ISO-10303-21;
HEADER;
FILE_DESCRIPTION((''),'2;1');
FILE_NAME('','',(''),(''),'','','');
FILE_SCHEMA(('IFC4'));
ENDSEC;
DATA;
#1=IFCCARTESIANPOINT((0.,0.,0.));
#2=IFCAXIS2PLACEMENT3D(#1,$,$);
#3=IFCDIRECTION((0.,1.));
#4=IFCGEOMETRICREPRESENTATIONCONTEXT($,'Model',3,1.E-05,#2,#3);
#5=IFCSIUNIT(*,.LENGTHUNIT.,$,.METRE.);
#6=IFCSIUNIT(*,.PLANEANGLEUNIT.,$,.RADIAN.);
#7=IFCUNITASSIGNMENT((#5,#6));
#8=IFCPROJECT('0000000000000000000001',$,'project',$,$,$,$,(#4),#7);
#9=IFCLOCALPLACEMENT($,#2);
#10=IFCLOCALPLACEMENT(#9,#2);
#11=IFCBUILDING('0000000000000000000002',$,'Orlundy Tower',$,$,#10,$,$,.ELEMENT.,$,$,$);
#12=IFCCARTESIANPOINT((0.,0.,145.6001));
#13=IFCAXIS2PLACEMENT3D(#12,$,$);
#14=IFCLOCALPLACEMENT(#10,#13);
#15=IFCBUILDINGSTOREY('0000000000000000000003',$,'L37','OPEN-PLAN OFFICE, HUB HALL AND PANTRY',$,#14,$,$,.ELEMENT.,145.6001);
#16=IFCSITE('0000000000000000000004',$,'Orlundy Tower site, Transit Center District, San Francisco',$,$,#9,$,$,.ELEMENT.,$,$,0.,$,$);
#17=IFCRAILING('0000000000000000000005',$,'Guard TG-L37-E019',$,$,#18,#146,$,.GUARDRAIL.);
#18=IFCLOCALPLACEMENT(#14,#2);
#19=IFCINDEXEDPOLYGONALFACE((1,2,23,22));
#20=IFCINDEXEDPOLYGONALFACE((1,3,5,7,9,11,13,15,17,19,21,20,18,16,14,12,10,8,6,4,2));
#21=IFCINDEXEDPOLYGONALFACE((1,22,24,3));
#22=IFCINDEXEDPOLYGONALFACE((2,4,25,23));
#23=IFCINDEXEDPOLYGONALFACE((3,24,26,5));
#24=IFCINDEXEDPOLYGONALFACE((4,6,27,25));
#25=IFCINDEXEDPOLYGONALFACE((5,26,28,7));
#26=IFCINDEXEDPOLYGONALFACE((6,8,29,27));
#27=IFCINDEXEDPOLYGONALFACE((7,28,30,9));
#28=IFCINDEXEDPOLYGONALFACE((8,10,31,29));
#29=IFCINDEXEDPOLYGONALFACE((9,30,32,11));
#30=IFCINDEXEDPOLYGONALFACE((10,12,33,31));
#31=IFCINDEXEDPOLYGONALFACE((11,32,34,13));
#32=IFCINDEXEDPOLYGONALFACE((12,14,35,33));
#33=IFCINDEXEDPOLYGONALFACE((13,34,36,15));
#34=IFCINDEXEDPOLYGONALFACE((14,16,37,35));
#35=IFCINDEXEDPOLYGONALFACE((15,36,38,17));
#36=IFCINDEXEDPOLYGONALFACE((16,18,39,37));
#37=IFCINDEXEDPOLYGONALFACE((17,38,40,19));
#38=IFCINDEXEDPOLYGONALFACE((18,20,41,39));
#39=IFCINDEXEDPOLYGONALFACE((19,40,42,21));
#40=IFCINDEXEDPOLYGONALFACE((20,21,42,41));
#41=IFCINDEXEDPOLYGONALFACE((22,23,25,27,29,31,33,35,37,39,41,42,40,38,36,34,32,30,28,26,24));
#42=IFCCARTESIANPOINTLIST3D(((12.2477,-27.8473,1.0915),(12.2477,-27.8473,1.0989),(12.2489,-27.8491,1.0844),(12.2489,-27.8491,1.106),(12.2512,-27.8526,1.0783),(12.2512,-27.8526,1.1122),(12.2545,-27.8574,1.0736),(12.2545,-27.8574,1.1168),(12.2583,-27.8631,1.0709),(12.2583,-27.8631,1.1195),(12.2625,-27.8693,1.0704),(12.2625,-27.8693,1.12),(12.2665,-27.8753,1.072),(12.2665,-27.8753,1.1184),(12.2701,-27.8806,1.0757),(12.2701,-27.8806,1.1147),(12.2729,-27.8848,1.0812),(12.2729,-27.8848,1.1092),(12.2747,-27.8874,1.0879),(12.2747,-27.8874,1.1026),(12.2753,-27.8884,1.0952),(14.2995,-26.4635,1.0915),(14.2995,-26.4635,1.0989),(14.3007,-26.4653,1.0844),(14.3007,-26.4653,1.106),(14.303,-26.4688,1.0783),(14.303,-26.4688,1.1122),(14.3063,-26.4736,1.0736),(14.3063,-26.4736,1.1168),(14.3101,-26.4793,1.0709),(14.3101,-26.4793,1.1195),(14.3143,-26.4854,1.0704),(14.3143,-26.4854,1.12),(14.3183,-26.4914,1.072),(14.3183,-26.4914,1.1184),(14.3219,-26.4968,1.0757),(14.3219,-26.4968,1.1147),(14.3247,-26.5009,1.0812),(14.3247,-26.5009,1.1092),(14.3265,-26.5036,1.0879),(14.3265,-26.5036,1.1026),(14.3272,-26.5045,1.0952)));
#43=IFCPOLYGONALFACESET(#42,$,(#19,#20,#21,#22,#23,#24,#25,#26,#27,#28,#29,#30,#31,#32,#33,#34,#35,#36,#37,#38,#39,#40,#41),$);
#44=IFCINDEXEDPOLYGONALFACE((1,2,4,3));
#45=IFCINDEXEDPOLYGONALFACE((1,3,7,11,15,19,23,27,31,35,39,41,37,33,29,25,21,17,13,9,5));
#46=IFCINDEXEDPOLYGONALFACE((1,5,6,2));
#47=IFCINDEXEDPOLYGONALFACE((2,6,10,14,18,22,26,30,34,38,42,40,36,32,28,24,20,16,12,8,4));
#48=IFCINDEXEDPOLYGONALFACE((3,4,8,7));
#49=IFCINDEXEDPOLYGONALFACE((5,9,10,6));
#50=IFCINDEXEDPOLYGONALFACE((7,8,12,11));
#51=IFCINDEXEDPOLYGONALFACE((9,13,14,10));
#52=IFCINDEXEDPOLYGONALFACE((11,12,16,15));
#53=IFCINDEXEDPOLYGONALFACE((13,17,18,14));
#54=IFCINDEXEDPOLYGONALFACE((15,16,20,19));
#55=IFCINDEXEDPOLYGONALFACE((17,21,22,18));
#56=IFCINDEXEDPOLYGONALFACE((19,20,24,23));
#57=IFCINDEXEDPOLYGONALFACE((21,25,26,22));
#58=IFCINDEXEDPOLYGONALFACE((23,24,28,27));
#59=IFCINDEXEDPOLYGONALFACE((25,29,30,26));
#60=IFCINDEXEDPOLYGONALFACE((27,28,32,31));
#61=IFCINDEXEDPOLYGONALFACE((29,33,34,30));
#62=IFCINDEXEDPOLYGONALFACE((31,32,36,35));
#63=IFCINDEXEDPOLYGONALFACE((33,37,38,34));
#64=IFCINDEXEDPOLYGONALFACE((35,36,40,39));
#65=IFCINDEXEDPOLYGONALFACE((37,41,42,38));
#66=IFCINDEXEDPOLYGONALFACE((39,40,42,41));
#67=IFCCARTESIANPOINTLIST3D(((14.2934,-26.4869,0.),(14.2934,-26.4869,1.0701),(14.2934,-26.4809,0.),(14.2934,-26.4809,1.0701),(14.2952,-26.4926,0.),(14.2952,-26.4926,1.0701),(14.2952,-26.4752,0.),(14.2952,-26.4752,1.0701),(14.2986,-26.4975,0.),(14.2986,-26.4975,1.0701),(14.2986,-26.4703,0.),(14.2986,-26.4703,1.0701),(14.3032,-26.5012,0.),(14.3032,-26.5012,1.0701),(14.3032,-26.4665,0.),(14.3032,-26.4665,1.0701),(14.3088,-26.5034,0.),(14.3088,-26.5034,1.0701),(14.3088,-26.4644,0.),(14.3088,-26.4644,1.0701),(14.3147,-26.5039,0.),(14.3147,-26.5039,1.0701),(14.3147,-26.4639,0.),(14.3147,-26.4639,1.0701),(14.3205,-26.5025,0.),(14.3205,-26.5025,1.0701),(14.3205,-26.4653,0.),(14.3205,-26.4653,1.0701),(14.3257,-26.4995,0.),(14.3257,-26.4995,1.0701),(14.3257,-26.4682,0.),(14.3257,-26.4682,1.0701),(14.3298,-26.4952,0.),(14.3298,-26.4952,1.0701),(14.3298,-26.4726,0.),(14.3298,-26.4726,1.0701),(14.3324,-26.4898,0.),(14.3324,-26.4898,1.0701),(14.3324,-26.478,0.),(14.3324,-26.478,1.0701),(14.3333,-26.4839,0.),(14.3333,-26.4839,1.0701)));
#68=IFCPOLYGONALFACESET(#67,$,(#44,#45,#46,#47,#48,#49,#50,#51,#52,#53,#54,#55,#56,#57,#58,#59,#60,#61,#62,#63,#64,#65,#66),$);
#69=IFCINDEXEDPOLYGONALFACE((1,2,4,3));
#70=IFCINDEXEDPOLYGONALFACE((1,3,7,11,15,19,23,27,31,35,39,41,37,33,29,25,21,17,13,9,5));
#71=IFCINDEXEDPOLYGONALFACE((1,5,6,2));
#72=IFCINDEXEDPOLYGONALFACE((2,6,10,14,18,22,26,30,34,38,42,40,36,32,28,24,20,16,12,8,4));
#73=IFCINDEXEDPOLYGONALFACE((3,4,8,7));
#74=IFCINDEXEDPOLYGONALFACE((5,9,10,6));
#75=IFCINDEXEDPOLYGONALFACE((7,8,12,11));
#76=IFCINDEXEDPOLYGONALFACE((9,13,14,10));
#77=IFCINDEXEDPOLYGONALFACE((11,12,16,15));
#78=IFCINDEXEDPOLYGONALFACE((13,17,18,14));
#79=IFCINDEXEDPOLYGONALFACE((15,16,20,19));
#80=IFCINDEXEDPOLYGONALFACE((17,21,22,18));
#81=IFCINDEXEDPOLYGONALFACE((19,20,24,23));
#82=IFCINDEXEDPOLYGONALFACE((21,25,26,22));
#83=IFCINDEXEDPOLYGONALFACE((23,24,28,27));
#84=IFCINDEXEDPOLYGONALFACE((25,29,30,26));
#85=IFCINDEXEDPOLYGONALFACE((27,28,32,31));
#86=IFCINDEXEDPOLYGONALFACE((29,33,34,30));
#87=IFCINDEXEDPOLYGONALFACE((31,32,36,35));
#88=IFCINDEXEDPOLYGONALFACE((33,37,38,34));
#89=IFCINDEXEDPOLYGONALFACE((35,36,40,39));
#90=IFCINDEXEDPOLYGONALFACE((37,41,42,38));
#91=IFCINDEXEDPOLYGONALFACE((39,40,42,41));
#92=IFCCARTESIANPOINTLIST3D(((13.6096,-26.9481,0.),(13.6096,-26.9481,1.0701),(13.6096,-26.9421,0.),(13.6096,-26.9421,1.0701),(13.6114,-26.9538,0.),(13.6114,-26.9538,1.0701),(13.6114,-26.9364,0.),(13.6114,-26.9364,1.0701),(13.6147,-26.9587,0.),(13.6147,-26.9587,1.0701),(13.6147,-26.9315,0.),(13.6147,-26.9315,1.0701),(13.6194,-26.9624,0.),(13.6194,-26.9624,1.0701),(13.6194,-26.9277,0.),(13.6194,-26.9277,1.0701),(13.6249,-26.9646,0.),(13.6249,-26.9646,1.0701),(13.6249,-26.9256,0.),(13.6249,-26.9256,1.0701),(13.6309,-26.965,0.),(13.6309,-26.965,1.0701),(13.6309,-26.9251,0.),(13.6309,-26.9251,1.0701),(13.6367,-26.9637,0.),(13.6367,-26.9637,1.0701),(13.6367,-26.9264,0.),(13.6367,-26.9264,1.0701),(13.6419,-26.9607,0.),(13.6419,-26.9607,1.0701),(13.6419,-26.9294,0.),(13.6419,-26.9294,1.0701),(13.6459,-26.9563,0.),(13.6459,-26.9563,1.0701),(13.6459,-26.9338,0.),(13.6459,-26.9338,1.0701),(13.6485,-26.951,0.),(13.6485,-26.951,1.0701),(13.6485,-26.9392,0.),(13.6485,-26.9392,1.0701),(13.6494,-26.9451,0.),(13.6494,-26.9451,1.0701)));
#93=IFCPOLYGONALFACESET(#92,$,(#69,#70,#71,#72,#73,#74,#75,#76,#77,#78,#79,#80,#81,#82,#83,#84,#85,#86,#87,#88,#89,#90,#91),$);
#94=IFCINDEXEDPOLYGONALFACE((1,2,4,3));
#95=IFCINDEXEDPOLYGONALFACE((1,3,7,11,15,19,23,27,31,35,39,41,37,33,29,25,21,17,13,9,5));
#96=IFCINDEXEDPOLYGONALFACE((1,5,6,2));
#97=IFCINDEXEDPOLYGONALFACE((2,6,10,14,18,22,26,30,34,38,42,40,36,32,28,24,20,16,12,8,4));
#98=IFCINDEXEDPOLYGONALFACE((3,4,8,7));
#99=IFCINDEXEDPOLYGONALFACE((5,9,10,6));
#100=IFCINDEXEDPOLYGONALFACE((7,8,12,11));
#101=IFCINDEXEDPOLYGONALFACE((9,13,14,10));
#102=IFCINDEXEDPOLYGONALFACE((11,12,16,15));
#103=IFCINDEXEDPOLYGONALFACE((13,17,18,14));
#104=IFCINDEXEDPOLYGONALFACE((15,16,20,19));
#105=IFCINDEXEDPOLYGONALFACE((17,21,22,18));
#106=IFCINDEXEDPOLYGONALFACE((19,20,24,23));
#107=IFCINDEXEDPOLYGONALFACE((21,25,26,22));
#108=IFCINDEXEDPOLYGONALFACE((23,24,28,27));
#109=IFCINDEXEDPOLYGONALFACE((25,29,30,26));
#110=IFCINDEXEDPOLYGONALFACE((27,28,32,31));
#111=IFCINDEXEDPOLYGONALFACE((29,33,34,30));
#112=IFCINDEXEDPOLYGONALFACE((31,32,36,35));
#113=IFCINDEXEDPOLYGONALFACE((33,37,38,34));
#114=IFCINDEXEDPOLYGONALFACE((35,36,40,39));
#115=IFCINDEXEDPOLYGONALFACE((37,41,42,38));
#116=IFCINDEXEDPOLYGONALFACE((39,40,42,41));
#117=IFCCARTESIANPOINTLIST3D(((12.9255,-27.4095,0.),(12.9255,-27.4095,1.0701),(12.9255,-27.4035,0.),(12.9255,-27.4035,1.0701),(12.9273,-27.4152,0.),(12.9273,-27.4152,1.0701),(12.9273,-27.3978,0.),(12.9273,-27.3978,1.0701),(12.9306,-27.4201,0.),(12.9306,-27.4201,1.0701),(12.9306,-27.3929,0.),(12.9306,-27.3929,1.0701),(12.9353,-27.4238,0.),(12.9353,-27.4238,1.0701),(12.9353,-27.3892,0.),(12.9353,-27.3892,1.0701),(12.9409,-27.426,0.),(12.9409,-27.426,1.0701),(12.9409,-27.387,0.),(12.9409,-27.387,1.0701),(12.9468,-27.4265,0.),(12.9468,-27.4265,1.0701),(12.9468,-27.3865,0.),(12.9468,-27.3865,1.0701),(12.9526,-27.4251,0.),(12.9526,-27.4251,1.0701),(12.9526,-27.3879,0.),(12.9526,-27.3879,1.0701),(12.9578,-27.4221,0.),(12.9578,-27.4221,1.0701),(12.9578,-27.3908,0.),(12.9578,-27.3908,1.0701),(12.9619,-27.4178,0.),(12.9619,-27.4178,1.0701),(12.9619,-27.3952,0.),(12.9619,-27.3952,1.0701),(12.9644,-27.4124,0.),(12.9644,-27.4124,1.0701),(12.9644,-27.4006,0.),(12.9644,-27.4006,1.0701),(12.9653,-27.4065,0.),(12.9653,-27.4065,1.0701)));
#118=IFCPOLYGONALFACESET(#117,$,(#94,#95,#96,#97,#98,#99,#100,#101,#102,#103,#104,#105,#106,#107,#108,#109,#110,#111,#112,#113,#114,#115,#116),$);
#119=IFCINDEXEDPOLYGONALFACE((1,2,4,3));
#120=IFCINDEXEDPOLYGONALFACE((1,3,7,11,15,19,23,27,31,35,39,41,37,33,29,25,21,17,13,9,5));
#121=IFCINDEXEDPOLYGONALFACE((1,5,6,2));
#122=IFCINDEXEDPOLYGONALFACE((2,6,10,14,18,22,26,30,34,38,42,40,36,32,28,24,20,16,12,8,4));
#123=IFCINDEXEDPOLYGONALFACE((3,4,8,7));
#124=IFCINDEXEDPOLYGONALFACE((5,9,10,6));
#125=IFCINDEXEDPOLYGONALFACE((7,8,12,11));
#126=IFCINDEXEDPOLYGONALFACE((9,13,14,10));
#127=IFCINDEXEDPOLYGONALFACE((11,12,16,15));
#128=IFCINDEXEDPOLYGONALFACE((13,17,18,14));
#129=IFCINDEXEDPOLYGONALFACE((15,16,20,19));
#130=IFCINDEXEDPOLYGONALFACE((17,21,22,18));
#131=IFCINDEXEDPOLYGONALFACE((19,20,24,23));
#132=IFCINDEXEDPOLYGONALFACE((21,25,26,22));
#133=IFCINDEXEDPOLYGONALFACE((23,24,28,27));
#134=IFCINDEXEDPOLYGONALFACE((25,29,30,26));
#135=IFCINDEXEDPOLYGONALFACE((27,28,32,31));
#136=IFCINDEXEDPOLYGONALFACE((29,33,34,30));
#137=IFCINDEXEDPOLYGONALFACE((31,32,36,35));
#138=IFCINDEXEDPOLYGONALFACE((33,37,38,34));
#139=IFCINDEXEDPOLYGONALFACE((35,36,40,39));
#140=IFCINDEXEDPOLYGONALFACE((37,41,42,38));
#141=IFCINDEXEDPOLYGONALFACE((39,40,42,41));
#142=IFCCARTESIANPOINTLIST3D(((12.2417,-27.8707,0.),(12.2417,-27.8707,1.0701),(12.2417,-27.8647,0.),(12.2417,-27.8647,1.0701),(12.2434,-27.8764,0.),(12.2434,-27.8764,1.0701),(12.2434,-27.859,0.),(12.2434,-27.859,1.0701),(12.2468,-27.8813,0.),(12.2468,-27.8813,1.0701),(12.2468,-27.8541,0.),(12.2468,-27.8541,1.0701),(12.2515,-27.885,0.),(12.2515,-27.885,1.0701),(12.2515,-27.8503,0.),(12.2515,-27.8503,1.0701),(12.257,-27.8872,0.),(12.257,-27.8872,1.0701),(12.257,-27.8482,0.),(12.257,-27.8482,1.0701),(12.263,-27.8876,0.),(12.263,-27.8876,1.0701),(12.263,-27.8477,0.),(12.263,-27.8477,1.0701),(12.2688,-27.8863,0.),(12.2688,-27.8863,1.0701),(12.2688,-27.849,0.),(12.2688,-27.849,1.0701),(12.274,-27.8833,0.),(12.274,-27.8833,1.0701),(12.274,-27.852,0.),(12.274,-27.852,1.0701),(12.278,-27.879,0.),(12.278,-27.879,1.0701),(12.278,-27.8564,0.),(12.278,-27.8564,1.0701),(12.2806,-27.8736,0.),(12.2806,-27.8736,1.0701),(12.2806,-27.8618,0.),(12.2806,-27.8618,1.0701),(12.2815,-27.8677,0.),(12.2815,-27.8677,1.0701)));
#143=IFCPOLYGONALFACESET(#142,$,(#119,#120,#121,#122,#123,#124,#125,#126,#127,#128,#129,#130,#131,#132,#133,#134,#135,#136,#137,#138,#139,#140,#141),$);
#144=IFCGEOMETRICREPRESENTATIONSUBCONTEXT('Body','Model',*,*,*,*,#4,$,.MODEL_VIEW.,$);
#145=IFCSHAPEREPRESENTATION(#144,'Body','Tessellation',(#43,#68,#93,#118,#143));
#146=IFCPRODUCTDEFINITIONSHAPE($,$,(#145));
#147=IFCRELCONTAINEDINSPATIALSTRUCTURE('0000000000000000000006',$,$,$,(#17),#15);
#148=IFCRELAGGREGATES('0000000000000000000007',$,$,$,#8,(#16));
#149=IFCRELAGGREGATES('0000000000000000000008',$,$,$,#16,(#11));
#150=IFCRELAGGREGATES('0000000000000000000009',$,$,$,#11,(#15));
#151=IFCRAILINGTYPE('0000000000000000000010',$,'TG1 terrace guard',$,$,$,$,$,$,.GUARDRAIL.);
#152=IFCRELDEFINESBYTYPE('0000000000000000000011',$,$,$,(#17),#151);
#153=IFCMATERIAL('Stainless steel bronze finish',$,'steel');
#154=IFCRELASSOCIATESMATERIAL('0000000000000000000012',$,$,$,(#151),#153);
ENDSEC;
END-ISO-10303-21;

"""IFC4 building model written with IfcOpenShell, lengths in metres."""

from ifc_helpers import new_model, si_unit, direction, frame, origin, origin_2d, place, context, subcontext, project, spatial, circle, extrude, material, type_object, element, save


model = new_model("IFC4")

# Units and contexts
model_context = context("Model", 3, precision=1e-05, world=origin(), true_north=direction((0.0, 1.0)))
body_context = subcontext(model_context, "Body", "Model", "MODEL_VIEW")
ifc_project = project(units=[si_unit("LENGTHUNIT", "METRE"), si_unit("PLANEANGLEUNIT", "RADIAN")], contexts=[model_context])

# Site, building, storey
site_placement = place(None, origin())
site = spatial("IfcSite", under=ifc_project, at=site_placement, Name="Orlundy Tower site, Transit Center District, San Francisco", CompositionType="ELEMENT", RefElevation=0.0)
building_placement = place(site_placement, origin())
building = spatial("IfcBuilding", under=site, at=building_placement, Name="Orlundy Tower", CompositionType="ELEMENT")
storey_placement = place(building_placement, frame((0.0, 0.0, 145.6001)))
storey = spatial("IfcBuildingStorey", under=building, at=storey_placement, Name="L37", Description="OPEN-PLAN OFFICE, HUB HALL AND PANTRY", CompositionType="ELEMENT", Elevation=145.6001)

# Railing
ifc_material_1 = material(Name="Stainless steel bronze finish", Category="steel")
railing_type = type_object("IfcRailingType", Name="TG1 terrace guard", PredefinedType="GUARDRAIL", material=ifc_material_1)
railing_placement = place(storey_placement, frame((14.3132, -26.4839, 0.0)))
element("IfcRailing", 1, at=railing_placement, inside=storey, type_object=railing_type, Name="Guard TG-L37-E019", PredefinedType="GUARDRAIL", context=body_context, shape_type="SweptSolid", body=[
    extrude(circle(Radius=0.0249, at=origin_2d()), frame((0.0, 0.0, 1.0952), z_axis=(-0.829064, -0.559154, 0.0), x_axis=(0.559154, -0.829064, 0.0)), (0.0, 0.0, 1.0), 2.4749),
    extrude(circle(Radius=0.02, at=origin_2d()), origin(), (0.0, 0.0, 1.0), 1.0701),
    extrude(circle(Radius=0.02, at=origin_2d()), frame((-0.6838, -0.4612, 0.0)), (0.0, 0.0, 1.0), 1.0701),
    extrude(circle(Radius=0.02, at=origin_2d()), frame((-1.3679, -0.9226, 0.0)), (0.0, 0.0, 1.0), 1.0701),
    extrude(circle(Radius=0.02, at=origin_2d()), frame((-2.0518, -1.3838, 0.0)), (0.0, 0.0, 1.0), 1.0701),
])

save(model, "model.ifc")
